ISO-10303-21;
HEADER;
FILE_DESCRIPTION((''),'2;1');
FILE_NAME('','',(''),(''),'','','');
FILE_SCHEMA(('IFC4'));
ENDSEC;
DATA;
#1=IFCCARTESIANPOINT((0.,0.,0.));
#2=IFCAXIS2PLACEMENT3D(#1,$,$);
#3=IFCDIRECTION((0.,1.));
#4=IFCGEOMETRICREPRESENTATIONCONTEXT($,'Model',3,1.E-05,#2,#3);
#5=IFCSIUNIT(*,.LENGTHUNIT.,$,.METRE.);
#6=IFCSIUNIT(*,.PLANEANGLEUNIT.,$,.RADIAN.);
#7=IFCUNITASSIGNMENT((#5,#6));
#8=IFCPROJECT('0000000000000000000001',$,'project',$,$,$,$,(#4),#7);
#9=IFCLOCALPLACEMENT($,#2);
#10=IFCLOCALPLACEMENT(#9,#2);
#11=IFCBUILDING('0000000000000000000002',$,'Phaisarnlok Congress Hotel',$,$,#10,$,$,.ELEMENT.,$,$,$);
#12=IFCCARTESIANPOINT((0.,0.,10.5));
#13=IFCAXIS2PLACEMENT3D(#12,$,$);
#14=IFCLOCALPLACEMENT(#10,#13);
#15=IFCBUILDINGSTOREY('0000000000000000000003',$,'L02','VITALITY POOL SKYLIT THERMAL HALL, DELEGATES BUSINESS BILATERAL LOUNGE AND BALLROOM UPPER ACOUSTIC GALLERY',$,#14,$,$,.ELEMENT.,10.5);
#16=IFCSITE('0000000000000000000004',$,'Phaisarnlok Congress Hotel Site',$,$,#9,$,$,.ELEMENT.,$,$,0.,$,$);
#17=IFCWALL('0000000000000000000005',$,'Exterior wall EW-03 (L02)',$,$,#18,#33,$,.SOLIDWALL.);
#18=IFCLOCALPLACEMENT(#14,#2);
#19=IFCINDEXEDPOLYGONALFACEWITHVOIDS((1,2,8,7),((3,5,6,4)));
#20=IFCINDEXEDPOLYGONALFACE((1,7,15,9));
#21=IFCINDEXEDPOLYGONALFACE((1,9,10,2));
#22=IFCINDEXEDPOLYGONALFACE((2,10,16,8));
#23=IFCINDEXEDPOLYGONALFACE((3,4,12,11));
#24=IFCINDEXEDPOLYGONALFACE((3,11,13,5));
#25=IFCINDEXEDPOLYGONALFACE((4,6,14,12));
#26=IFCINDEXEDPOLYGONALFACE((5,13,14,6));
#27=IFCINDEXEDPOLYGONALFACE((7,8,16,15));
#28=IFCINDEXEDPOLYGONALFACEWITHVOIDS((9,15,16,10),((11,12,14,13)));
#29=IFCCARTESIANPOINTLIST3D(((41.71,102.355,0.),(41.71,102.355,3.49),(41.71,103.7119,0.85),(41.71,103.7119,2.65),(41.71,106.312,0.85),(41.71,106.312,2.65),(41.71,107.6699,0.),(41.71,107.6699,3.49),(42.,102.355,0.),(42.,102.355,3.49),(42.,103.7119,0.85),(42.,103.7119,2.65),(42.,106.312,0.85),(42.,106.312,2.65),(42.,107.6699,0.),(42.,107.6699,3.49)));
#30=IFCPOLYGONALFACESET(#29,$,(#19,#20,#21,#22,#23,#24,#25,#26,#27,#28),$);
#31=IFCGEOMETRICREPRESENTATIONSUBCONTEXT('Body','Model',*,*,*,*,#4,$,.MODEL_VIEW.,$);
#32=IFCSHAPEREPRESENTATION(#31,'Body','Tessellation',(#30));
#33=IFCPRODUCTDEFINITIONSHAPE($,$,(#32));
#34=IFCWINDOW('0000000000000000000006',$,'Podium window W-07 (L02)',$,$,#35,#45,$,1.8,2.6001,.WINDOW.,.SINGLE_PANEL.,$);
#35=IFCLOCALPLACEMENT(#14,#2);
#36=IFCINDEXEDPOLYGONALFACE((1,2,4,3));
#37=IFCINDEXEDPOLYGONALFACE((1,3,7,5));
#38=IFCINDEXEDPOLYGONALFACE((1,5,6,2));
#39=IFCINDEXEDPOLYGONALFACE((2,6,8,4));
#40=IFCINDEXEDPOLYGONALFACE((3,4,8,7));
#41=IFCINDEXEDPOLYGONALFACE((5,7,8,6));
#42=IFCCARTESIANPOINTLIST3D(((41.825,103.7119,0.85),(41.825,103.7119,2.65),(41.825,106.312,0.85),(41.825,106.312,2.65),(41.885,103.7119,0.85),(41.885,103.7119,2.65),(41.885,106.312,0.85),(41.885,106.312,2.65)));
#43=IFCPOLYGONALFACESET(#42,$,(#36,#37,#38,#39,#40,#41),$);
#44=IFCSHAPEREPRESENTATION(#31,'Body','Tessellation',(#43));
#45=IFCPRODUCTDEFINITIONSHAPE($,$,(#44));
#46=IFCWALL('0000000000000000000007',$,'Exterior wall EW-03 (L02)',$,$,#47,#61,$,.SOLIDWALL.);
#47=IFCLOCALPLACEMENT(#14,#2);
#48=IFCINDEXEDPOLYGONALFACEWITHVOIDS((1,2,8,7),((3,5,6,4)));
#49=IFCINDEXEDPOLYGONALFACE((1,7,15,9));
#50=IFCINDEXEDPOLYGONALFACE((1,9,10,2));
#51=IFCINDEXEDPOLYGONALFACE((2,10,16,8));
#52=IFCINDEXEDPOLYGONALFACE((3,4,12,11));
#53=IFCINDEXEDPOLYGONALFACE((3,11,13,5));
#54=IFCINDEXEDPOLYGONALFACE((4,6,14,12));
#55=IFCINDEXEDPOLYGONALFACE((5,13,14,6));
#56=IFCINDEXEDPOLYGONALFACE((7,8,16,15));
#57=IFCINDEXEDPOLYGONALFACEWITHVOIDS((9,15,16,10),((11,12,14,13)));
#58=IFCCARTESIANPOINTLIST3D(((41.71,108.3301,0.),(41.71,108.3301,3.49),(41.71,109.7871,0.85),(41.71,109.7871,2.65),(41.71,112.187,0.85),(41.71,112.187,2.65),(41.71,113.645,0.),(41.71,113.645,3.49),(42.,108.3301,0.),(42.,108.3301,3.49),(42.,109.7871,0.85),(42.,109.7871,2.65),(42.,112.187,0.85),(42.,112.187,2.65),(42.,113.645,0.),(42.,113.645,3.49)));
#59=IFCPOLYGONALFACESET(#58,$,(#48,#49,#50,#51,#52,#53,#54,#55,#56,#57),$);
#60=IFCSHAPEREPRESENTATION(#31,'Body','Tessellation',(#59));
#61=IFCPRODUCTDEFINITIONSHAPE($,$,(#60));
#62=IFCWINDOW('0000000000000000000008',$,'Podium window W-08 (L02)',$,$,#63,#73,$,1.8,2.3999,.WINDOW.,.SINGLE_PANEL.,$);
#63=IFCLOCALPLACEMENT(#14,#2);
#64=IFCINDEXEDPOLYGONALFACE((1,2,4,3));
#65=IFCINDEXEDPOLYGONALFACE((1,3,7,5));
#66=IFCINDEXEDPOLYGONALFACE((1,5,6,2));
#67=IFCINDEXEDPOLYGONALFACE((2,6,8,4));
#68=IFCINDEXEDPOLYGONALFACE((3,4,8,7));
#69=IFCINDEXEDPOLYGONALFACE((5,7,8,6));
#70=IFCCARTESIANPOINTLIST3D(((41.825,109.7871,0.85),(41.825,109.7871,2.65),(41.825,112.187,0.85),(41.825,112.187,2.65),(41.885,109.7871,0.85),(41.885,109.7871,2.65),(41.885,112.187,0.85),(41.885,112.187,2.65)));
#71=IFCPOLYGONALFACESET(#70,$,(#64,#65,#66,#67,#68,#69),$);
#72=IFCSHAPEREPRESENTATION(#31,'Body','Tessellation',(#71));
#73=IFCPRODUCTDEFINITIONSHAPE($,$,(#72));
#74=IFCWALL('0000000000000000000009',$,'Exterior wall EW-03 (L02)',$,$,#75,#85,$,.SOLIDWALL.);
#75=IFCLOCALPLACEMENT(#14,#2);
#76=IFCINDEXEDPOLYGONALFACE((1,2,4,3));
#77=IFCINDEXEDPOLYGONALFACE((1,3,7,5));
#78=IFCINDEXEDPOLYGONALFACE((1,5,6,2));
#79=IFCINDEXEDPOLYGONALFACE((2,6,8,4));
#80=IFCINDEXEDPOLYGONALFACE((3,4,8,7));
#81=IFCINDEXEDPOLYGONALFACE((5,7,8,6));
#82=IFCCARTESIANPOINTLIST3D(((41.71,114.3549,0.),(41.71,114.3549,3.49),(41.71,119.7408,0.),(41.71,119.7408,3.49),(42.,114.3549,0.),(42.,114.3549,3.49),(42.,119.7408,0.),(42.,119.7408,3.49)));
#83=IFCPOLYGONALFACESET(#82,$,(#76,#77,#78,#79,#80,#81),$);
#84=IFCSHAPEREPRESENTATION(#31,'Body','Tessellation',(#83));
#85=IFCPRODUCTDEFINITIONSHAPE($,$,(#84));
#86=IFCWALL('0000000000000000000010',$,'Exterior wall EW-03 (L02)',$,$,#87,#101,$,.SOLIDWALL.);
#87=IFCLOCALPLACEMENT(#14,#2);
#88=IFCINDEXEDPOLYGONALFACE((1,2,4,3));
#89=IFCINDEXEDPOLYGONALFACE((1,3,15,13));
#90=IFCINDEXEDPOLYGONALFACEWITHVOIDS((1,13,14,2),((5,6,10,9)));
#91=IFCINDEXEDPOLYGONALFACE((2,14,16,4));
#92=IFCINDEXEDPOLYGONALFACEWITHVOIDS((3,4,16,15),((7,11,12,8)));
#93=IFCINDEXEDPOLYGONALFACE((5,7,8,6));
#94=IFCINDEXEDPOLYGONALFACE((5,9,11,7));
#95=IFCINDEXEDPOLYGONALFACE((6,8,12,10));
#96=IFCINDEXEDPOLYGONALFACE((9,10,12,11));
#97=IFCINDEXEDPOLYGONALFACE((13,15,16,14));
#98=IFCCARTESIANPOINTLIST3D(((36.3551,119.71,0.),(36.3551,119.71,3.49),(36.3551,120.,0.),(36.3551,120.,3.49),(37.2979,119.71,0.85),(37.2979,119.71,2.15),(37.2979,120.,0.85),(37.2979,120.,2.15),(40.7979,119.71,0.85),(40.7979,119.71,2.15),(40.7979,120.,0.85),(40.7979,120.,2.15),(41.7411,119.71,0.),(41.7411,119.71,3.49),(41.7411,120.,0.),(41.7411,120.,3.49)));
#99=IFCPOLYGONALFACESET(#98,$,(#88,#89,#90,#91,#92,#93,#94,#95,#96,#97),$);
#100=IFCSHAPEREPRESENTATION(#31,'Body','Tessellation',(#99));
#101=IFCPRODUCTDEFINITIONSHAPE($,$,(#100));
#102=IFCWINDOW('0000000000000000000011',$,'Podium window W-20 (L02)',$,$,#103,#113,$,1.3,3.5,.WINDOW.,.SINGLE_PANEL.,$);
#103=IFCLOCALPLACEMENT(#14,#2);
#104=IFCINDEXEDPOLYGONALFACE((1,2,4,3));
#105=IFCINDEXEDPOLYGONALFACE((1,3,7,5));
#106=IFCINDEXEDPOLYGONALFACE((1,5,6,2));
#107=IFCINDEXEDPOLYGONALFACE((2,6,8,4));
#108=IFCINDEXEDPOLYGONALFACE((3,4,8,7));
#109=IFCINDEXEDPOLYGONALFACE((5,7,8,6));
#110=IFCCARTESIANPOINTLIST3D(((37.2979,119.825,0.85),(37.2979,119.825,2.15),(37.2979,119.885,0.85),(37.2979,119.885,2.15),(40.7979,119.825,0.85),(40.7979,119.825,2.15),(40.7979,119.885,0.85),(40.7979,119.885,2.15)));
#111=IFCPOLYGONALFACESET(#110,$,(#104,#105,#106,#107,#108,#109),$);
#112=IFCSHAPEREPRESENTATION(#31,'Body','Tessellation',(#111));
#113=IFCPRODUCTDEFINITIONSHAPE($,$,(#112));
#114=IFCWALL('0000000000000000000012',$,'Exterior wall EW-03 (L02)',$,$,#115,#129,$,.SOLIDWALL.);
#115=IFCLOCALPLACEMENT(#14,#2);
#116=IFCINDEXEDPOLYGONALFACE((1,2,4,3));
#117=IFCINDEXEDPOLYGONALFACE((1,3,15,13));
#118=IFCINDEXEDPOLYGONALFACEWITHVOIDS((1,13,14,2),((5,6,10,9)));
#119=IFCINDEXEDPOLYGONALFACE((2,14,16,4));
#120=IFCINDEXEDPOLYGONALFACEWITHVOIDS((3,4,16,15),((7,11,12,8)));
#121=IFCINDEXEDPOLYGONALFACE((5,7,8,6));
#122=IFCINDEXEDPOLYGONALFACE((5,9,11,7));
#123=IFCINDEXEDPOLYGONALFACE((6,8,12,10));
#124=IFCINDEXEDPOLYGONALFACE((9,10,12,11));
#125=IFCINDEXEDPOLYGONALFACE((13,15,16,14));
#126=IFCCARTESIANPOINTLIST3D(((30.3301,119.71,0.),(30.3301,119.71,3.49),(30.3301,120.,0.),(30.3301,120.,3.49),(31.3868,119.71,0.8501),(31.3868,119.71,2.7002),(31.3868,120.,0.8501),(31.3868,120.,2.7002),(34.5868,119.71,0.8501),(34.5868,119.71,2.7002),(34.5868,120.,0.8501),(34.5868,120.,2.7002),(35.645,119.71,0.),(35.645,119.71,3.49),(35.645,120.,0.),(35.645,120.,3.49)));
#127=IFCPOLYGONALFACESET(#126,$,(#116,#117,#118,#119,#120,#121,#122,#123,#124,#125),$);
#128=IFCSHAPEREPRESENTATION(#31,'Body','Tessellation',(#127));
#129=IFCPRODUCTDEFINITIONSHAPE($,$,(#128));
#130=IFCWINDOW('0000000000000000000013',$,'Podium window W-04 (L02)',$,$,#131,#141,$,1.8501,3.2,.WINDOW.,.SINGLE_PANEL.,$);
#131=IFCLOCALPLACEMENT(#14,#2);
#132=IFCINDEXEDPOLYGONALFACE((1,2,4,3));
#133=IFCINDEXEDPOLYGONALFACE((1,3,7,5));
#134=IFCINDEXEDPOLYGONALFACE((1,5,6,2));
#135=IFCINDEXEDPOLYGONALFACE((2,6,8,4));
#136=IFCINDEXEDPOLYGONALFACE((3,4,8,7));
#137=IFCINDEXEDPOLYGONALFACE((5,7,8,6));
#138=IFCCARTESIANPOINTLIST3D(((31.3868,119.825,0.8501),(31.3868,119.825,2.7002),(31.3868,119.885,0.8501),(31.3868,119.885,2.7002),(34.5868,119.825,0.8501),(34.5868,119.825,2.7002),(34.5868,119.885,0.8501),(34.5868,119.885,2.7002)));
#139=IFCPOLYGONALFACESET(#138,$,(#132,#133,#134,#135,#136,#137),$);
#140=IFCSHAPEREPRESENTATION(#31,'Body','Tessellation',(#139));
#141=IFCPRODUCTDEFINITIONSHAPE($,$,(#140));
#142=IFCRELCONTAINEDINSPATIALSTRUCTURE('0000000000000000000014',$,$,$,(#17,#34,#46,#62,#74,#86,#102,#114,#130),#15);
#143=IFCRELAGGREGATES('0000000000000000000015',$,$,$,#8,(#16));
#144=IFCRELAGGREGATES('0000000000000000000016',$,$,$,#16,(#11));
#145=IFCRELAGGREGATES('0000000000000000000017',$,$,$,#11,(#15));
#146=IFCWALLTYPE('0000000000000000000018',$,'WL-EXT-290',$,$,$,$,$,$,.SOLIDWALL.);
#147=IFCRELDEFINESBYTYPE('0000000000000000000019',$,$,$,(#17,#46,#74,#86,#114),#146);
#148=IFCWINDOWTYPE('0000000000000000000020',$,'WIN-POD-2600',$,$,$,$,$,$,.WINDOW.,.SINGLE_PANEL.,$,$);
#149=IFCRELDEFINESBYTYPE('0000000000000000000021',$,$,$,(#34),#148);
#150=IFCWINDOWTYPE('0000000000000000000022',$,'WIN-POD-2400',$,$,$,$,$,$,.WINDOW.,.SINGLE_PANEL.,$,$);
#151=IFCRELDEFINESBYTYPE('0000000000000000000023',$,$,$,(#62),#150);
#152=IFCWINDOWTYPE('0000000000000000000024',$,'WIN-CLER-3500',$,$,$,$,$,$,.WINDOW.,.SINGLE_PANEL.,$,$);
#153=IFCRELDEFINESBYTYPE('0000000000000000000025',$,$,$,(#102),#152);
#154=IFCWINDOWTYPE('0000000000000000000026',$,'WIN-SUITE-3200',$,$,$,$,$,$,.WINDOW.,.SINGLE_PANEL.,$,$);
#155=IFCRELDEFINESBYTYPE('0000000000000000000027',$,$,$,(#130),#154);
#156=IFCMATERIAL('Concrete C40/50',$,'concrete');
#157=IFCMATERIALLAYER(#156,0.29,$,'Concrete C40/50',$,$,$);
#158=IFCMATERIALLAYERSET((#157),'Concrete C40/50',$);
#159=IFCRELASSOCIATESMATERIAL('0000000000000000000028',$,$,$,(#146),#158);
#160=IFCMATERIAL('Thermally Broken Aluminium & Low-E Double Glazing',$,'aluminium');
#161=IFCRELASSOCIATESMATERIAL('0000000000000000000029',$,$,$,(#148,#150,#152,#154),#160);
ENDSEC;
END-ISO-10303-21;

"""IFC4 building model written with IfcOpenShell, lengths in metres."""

from ifc_helpers import new_model, si_unit, direction, frame, frame_2d, origin, place, context, subcontext, project, spatial, rectangle, extrude, material, layer, layer_set, type_object, element, fill, save


model = new_model("IFC4")

# Units and contexts
model_context = context("Model", 3, precision=1e-05, world=origin(), true_north=direction((0.0, 1.0)))
body_context = subcontext(model_context, "Body", "Model", "MODEL_VIEW")
ifc_project = project(units=[si_unit("LENGTHUNIT", "METRE"), si_unit("PLANEANGLEUNIT", "RADIAN")], contexts=[model_context])

# Site, building, storey
site_placement = place(None, origin())
site = spatial("IfcSite", under=ifc_project, at=site_placement, Name="Phaisarnlok Congress Hotel Site", CompositionType="ELEMENT", RefElevation=0.0)
building_placement = place(site_placement, origin())
building = spatial("IfcBuilding", under=site, at=building_placement, Name="Phaisarnlok Congress Hotel", CompositionType="ELEMENT")
storey_placement = place(building_placement, frame((0.0, 0.0, 10.5)))
storey = spatial("IfcBuildingStorey", under=building, at=storey_placement, Name="L02", Description="VITALITY POOL SKYLIT THERMAL HALL, DELEGATES BUSINESS BILATERAL LOUNGE AND BALLROOM UPPER ACOUSTIC GALLERY", CompositionType="ELEMENT", Elevation=10.5)

# Shared definitions
ifc_material_1 = material(Name="Concrete C40/50", Category="concrete")

# Walls, openings, windows
ifc_layer_1 = layer(ifc_material_1, 0.29, Name="Concrete C40/50")
ifc_layer_set_1 = layer_set([ifc_layer_1], Name="Concrete C40/50")
wall_type = type_object("IfcWallType", Name="WL-EXT-290", PredefinedType="SOLIDWALL", material=ifc_layer_set_1)
ifc_material_2 = material(Name="Thermally Broken Aluminium & Low-E Double Glazing", Category="aluminium")
wall_1_placement = place(storey_placement, frame((41.855, 102.355, 0.0), z_axis=(0.0, 0.0, 1.0), x_axis=(0.0, 1.0, 0.0)))
wall_1 = element("IfcWall", 1, at=wall_1_placement, inside=storey, type_object=wall_type, Name="Exterior wall EW-03 (L02)", PredefinedType="SOLIDWALL", context=body_context, shape_type="SweptSolid", body=[
    extrude(rectangle(XDim=5.3149, YDim=0.29, at=frame_2d((2.6575, 0.0))), origin(), (0.0, 0.0, 1.0), 3.49),
])
opening_1_placement = place(wall_1_placement, frame((1.3569, 0.0, 0.8501)))
opening_1 = element("IfcOpeningElement", 2, at=opening_1_placement, cuts=wall_1, PredefinedType="OPENING", context=body_context, shape_type="SweptSolid", body=[
    extrude(rectangle(XDim=2.6001, YDim=1.8, at=frame_2d((1.3, 0.8999))), frame((0.0, 0.155, 0.0), z_axis=(0.0, -1.0, 0.0), x_axis=(1.0, 0.0, 0.0)), (0.0, 0.0, 1.0), 0.3101),
])
window_type_1 = type_object("IfcWindowType", Name="WIN-POD-2600", PartitioningType="SINGLE_PANEL", PredefinedType="WINDOW", material=ifc_material_2)
window_1_placement = place(opening_1_placement, origin())
window_1 = element("IfcWindow", 3, at=window_1_placement, inside=storey, type_object=window_type_1, Name="Podium window W-07 (L02)", OverallHeight=1.8, OverallWidth=2.6001, PartitioningType="SINGLE_PANEL", PredefinedType="WINDOW", context=body_context, shape_type="SweptSolid", body=[
    extrude(rectangle(XDim=2.6001, YDim=1.8, at=frame_2d((1.3, 0.8999))), frame((0.0, 0.03, 0.0), z_axis=(0.0, -1.0, 0.0), x_axis=(1.0, 0.0, 0.0)), (0.0, 0.0, 1.0), 0.0601),
])
fill(opening_1, window_1)
wall_2_placement = place(storey_placement, frame((41.855, 108.3301, 0.0), z_axis=(0.0, 0.0, 1.0), x_axis=(0.0, 1.0, 0.0)))
wall_2 = element("IfcWall", 4, at=wall_2_placement, inside=storey, type_object=wall_type, Name="Exterior wall EW-03 (L02)", PredefinedType="SOLIDWALL", context=body_context, shape_type="SweptSolid", body=[
    extrude(rectangle(XDim=5.3149, YDim=0.29, at=frame_2d((2.6575, 0.0))), origin(), (0.0, 0.0, 1.0), 3.49),
])
opening_2_placement = place(wall_2_placement, frame((1.457, 0.0, 0.8501)))
opening_2 = element("IfcOpeningElement", 5, at=opening_2_placement, cuts=wall_2, PredefinedType="OPENING", context=body_context, shape_type="SweptSolid", body=[
    extrude(rectangle(XDim=2.3999, YDim=1.8, at=frame_2d((1.2, 0.8999))), frame((0.0, 0.155, 0.0), z_axis=(0.0, -1.0, 0.0), x_axis=(1.0, 0.0, 0.0)), (0.0, 0.0, 1.0), 0.3101),
])
window_type_2 = type_object("IfcWindowType", Name="WIN-POD-2400", PartitioningType="SINGLE_PANEL", PredefinedType="WINDOW", material=ifc_material_2)
window_2_placement = place(opening_2_placement, origin())
window_2 = element("IfcWindow", 6, at=window_2_placement, inside=storey, type_object=window_type_2, Name="Podium window W-08 (L02)", OverallHeight=1.8, OverallWidth=2.3999, PartitioningType="SINGLE_PANEL", PredefinedType="WINDOW", context=body_context, shape_type="SweptSolid", body=[
    extrude(rectangle(XDim=2.3999, YDim=1.8, at=frame_2d((1.2, 0.8999))), frame((0.0, 0.03, 0.0), z_axis=(0.0, -1.0, 0.0), x_axis=(1.0, 0.0, 0.0)), (0.0, 0.0, 1.0), 0.0601),
])
fill(opening_2, window_2)

# Wall
wall_3_placement = place(storey_placement, frame((41.855, 114.355, 0.0), z_axis=(0.0, 0.0, 1.0), x_axis=(0.0, 1.0, 0.0)))
element("IfcWall", 7, at=wall_3_placement, inside=storey, type_object=wall_type, Name="Exterior wall EW-03 (L02)", PredefinedType="SOLIDWALL", context=body_context, shape_type="SweptSolid", body=[
    extrude(rectangle(XDim=5.386, YDim=0.29, at=frame_2d((2.6929, 0.0))), origin(), (0.0, 0.0, 1.0), 3.49),
])

# Walls, openings, windows
wall_4_placement = place(storey_placement, frame((41.741, 119.855, 0.0), z_axis=(0.0, 0.0, 1.0), x_axis=(-1.0, 0.0, 0.0)))
wall_4 = element("IfcWall", 8, at=wall_4_placement, inside=storey, type_object=wall_type, Name="Exterior wall EW-03 (L02)", PredefinedType="SOLIDWALL", context=body_context, shape_type="SweptSolid", body=[
    extrude(rectangle(XDim=5.386, YDim=0.29, at=frame_2d((2.6929, 0.0))), origin(), (0.0, 0.0, 1.0), 3.49),
])
opening_3_placement = place(wall_4_placement, frame((0.9431, 0.0, 0.8501)))
opening_3 = element("IfcOpeningElement", 9, at=opening_3_placement, cuts=wall_4, PredefinedType="OPENING", context=body_context, shape_type="SweptSolid", body=[
    extrude(rectangle(XDim=3.5, YDim=1.3, at=frame_2d((1.75, 0.6499))), frame((0.0, 0.155, 0.0), z_axis=(0.0, -1.0, 0.0), x_axis=(1.0, 0.0, 0.0)), (0.0, 0.0, 1.0), 0.3101),
])
window_type_3 = type_object("IfcWindowType", Name="WIN-CLER-3500", PartitioningType="SINGLE_PANEL", PredefinedType="WINDOW", material=ifc_material_2)
window_3_placement = place(opening_3_placement, origin())
window_3 = element("IfcWindow", 10, at=window_3_placement, inside=storey, type_object=window_type_3, Name="Podium window W-20 (L02)", OverallHeight=1.3, OverallWidth=3.5, PartitioningType="SINGLE_PANEL", PredefinedType="WINDOW", context=body_context, shape_type="SweptSolid", body=[
    extrude(rectangle(XDim=3.5, YDim=1.3, at=frame_2d((1.75, 0.6499))), frame((0.0, 0.03, 0.0), z_axis=(0.0, -1.0, 0.0), x_axis=(1.0, 0.0, 0.0)), (0.0, 0.0, 1.0), 0.0601),
])
fill(opening_3, window_3)
wall_5_placement = place(storey_placement, frame((35.645, 119.855, 0.0), z_axis=(0.0, 0.0, 1.0), x_axis=(-1.0, 0.0, 0.0)))
wall_5 = element("IfcWall", 11, at=wall_5_placement, inside=storey, type_object=wall_type, Name="Exterior wall EW-03 (L02)", PredefinedType="SOLIDWALL", context=body_context, shape_type="SweptSolid", body=[
    extrude(rectangle(XDim=5.3149, YDim=0.29, at=frame_2d((2.6575, 0.0))), origin(), (0.0, 0.0, 1.0), 3.49),
])
opening_4_placement = place(wall_5_placement, frame((1.0581, 0.0, 0.8501)))
opening_4 = element("IfcOpeningElement", 12, at=opening_4_placement, cuts=wall_5, PredefinedType="OPENING", context=body_context, shape_type="SweptSolid", body=[
    extrude(rectangle(XDim=3.2, YDim=1.8501, at=frame_2d((1.6001, 0.925))), frame((0.0, 0.155, 0.0), z_axis=(0.0, -1.0, 0.0), x_axis=(1.0, 0.0, 0.0)), (0.0, 0.0, 1.0), 0.3101),
])
window_type_4 = type_object("IfcWindowType", Name="WIN-SUITE-3200", PartitioningType="SINGLE_PANEL", PredefinedType="WINDOW", material=ifc_material_2)
window_4_placement = place(opening_4_placement, origin())
window_4 = element("IfcWindow", 13, at=window_4_placement, inside=storey, type_object=window_type_4, Name="Podium window W-04 (L02)", OverallHeight=1.8501, OverallWidth=3.2, PartitioningType="SINGLE_PANEL", PredefinedType="WINDOW", context=body_context, shape_type="SweptSolid", body=[
    extrude(rectangle(XDim=3.2, YDim=1.8501, at=frame_2d((1.6001, 0.925))), frame((0.0, 0.03, 0.0), z_axis=(0.0, -1.0, 0.0), x_axis=(1.0, 0.0, 0.0)), (0.0, 0.0, 1.0), 0.0601),
])
fill(opening_4, window_4)

save(model, "model.ifc")
